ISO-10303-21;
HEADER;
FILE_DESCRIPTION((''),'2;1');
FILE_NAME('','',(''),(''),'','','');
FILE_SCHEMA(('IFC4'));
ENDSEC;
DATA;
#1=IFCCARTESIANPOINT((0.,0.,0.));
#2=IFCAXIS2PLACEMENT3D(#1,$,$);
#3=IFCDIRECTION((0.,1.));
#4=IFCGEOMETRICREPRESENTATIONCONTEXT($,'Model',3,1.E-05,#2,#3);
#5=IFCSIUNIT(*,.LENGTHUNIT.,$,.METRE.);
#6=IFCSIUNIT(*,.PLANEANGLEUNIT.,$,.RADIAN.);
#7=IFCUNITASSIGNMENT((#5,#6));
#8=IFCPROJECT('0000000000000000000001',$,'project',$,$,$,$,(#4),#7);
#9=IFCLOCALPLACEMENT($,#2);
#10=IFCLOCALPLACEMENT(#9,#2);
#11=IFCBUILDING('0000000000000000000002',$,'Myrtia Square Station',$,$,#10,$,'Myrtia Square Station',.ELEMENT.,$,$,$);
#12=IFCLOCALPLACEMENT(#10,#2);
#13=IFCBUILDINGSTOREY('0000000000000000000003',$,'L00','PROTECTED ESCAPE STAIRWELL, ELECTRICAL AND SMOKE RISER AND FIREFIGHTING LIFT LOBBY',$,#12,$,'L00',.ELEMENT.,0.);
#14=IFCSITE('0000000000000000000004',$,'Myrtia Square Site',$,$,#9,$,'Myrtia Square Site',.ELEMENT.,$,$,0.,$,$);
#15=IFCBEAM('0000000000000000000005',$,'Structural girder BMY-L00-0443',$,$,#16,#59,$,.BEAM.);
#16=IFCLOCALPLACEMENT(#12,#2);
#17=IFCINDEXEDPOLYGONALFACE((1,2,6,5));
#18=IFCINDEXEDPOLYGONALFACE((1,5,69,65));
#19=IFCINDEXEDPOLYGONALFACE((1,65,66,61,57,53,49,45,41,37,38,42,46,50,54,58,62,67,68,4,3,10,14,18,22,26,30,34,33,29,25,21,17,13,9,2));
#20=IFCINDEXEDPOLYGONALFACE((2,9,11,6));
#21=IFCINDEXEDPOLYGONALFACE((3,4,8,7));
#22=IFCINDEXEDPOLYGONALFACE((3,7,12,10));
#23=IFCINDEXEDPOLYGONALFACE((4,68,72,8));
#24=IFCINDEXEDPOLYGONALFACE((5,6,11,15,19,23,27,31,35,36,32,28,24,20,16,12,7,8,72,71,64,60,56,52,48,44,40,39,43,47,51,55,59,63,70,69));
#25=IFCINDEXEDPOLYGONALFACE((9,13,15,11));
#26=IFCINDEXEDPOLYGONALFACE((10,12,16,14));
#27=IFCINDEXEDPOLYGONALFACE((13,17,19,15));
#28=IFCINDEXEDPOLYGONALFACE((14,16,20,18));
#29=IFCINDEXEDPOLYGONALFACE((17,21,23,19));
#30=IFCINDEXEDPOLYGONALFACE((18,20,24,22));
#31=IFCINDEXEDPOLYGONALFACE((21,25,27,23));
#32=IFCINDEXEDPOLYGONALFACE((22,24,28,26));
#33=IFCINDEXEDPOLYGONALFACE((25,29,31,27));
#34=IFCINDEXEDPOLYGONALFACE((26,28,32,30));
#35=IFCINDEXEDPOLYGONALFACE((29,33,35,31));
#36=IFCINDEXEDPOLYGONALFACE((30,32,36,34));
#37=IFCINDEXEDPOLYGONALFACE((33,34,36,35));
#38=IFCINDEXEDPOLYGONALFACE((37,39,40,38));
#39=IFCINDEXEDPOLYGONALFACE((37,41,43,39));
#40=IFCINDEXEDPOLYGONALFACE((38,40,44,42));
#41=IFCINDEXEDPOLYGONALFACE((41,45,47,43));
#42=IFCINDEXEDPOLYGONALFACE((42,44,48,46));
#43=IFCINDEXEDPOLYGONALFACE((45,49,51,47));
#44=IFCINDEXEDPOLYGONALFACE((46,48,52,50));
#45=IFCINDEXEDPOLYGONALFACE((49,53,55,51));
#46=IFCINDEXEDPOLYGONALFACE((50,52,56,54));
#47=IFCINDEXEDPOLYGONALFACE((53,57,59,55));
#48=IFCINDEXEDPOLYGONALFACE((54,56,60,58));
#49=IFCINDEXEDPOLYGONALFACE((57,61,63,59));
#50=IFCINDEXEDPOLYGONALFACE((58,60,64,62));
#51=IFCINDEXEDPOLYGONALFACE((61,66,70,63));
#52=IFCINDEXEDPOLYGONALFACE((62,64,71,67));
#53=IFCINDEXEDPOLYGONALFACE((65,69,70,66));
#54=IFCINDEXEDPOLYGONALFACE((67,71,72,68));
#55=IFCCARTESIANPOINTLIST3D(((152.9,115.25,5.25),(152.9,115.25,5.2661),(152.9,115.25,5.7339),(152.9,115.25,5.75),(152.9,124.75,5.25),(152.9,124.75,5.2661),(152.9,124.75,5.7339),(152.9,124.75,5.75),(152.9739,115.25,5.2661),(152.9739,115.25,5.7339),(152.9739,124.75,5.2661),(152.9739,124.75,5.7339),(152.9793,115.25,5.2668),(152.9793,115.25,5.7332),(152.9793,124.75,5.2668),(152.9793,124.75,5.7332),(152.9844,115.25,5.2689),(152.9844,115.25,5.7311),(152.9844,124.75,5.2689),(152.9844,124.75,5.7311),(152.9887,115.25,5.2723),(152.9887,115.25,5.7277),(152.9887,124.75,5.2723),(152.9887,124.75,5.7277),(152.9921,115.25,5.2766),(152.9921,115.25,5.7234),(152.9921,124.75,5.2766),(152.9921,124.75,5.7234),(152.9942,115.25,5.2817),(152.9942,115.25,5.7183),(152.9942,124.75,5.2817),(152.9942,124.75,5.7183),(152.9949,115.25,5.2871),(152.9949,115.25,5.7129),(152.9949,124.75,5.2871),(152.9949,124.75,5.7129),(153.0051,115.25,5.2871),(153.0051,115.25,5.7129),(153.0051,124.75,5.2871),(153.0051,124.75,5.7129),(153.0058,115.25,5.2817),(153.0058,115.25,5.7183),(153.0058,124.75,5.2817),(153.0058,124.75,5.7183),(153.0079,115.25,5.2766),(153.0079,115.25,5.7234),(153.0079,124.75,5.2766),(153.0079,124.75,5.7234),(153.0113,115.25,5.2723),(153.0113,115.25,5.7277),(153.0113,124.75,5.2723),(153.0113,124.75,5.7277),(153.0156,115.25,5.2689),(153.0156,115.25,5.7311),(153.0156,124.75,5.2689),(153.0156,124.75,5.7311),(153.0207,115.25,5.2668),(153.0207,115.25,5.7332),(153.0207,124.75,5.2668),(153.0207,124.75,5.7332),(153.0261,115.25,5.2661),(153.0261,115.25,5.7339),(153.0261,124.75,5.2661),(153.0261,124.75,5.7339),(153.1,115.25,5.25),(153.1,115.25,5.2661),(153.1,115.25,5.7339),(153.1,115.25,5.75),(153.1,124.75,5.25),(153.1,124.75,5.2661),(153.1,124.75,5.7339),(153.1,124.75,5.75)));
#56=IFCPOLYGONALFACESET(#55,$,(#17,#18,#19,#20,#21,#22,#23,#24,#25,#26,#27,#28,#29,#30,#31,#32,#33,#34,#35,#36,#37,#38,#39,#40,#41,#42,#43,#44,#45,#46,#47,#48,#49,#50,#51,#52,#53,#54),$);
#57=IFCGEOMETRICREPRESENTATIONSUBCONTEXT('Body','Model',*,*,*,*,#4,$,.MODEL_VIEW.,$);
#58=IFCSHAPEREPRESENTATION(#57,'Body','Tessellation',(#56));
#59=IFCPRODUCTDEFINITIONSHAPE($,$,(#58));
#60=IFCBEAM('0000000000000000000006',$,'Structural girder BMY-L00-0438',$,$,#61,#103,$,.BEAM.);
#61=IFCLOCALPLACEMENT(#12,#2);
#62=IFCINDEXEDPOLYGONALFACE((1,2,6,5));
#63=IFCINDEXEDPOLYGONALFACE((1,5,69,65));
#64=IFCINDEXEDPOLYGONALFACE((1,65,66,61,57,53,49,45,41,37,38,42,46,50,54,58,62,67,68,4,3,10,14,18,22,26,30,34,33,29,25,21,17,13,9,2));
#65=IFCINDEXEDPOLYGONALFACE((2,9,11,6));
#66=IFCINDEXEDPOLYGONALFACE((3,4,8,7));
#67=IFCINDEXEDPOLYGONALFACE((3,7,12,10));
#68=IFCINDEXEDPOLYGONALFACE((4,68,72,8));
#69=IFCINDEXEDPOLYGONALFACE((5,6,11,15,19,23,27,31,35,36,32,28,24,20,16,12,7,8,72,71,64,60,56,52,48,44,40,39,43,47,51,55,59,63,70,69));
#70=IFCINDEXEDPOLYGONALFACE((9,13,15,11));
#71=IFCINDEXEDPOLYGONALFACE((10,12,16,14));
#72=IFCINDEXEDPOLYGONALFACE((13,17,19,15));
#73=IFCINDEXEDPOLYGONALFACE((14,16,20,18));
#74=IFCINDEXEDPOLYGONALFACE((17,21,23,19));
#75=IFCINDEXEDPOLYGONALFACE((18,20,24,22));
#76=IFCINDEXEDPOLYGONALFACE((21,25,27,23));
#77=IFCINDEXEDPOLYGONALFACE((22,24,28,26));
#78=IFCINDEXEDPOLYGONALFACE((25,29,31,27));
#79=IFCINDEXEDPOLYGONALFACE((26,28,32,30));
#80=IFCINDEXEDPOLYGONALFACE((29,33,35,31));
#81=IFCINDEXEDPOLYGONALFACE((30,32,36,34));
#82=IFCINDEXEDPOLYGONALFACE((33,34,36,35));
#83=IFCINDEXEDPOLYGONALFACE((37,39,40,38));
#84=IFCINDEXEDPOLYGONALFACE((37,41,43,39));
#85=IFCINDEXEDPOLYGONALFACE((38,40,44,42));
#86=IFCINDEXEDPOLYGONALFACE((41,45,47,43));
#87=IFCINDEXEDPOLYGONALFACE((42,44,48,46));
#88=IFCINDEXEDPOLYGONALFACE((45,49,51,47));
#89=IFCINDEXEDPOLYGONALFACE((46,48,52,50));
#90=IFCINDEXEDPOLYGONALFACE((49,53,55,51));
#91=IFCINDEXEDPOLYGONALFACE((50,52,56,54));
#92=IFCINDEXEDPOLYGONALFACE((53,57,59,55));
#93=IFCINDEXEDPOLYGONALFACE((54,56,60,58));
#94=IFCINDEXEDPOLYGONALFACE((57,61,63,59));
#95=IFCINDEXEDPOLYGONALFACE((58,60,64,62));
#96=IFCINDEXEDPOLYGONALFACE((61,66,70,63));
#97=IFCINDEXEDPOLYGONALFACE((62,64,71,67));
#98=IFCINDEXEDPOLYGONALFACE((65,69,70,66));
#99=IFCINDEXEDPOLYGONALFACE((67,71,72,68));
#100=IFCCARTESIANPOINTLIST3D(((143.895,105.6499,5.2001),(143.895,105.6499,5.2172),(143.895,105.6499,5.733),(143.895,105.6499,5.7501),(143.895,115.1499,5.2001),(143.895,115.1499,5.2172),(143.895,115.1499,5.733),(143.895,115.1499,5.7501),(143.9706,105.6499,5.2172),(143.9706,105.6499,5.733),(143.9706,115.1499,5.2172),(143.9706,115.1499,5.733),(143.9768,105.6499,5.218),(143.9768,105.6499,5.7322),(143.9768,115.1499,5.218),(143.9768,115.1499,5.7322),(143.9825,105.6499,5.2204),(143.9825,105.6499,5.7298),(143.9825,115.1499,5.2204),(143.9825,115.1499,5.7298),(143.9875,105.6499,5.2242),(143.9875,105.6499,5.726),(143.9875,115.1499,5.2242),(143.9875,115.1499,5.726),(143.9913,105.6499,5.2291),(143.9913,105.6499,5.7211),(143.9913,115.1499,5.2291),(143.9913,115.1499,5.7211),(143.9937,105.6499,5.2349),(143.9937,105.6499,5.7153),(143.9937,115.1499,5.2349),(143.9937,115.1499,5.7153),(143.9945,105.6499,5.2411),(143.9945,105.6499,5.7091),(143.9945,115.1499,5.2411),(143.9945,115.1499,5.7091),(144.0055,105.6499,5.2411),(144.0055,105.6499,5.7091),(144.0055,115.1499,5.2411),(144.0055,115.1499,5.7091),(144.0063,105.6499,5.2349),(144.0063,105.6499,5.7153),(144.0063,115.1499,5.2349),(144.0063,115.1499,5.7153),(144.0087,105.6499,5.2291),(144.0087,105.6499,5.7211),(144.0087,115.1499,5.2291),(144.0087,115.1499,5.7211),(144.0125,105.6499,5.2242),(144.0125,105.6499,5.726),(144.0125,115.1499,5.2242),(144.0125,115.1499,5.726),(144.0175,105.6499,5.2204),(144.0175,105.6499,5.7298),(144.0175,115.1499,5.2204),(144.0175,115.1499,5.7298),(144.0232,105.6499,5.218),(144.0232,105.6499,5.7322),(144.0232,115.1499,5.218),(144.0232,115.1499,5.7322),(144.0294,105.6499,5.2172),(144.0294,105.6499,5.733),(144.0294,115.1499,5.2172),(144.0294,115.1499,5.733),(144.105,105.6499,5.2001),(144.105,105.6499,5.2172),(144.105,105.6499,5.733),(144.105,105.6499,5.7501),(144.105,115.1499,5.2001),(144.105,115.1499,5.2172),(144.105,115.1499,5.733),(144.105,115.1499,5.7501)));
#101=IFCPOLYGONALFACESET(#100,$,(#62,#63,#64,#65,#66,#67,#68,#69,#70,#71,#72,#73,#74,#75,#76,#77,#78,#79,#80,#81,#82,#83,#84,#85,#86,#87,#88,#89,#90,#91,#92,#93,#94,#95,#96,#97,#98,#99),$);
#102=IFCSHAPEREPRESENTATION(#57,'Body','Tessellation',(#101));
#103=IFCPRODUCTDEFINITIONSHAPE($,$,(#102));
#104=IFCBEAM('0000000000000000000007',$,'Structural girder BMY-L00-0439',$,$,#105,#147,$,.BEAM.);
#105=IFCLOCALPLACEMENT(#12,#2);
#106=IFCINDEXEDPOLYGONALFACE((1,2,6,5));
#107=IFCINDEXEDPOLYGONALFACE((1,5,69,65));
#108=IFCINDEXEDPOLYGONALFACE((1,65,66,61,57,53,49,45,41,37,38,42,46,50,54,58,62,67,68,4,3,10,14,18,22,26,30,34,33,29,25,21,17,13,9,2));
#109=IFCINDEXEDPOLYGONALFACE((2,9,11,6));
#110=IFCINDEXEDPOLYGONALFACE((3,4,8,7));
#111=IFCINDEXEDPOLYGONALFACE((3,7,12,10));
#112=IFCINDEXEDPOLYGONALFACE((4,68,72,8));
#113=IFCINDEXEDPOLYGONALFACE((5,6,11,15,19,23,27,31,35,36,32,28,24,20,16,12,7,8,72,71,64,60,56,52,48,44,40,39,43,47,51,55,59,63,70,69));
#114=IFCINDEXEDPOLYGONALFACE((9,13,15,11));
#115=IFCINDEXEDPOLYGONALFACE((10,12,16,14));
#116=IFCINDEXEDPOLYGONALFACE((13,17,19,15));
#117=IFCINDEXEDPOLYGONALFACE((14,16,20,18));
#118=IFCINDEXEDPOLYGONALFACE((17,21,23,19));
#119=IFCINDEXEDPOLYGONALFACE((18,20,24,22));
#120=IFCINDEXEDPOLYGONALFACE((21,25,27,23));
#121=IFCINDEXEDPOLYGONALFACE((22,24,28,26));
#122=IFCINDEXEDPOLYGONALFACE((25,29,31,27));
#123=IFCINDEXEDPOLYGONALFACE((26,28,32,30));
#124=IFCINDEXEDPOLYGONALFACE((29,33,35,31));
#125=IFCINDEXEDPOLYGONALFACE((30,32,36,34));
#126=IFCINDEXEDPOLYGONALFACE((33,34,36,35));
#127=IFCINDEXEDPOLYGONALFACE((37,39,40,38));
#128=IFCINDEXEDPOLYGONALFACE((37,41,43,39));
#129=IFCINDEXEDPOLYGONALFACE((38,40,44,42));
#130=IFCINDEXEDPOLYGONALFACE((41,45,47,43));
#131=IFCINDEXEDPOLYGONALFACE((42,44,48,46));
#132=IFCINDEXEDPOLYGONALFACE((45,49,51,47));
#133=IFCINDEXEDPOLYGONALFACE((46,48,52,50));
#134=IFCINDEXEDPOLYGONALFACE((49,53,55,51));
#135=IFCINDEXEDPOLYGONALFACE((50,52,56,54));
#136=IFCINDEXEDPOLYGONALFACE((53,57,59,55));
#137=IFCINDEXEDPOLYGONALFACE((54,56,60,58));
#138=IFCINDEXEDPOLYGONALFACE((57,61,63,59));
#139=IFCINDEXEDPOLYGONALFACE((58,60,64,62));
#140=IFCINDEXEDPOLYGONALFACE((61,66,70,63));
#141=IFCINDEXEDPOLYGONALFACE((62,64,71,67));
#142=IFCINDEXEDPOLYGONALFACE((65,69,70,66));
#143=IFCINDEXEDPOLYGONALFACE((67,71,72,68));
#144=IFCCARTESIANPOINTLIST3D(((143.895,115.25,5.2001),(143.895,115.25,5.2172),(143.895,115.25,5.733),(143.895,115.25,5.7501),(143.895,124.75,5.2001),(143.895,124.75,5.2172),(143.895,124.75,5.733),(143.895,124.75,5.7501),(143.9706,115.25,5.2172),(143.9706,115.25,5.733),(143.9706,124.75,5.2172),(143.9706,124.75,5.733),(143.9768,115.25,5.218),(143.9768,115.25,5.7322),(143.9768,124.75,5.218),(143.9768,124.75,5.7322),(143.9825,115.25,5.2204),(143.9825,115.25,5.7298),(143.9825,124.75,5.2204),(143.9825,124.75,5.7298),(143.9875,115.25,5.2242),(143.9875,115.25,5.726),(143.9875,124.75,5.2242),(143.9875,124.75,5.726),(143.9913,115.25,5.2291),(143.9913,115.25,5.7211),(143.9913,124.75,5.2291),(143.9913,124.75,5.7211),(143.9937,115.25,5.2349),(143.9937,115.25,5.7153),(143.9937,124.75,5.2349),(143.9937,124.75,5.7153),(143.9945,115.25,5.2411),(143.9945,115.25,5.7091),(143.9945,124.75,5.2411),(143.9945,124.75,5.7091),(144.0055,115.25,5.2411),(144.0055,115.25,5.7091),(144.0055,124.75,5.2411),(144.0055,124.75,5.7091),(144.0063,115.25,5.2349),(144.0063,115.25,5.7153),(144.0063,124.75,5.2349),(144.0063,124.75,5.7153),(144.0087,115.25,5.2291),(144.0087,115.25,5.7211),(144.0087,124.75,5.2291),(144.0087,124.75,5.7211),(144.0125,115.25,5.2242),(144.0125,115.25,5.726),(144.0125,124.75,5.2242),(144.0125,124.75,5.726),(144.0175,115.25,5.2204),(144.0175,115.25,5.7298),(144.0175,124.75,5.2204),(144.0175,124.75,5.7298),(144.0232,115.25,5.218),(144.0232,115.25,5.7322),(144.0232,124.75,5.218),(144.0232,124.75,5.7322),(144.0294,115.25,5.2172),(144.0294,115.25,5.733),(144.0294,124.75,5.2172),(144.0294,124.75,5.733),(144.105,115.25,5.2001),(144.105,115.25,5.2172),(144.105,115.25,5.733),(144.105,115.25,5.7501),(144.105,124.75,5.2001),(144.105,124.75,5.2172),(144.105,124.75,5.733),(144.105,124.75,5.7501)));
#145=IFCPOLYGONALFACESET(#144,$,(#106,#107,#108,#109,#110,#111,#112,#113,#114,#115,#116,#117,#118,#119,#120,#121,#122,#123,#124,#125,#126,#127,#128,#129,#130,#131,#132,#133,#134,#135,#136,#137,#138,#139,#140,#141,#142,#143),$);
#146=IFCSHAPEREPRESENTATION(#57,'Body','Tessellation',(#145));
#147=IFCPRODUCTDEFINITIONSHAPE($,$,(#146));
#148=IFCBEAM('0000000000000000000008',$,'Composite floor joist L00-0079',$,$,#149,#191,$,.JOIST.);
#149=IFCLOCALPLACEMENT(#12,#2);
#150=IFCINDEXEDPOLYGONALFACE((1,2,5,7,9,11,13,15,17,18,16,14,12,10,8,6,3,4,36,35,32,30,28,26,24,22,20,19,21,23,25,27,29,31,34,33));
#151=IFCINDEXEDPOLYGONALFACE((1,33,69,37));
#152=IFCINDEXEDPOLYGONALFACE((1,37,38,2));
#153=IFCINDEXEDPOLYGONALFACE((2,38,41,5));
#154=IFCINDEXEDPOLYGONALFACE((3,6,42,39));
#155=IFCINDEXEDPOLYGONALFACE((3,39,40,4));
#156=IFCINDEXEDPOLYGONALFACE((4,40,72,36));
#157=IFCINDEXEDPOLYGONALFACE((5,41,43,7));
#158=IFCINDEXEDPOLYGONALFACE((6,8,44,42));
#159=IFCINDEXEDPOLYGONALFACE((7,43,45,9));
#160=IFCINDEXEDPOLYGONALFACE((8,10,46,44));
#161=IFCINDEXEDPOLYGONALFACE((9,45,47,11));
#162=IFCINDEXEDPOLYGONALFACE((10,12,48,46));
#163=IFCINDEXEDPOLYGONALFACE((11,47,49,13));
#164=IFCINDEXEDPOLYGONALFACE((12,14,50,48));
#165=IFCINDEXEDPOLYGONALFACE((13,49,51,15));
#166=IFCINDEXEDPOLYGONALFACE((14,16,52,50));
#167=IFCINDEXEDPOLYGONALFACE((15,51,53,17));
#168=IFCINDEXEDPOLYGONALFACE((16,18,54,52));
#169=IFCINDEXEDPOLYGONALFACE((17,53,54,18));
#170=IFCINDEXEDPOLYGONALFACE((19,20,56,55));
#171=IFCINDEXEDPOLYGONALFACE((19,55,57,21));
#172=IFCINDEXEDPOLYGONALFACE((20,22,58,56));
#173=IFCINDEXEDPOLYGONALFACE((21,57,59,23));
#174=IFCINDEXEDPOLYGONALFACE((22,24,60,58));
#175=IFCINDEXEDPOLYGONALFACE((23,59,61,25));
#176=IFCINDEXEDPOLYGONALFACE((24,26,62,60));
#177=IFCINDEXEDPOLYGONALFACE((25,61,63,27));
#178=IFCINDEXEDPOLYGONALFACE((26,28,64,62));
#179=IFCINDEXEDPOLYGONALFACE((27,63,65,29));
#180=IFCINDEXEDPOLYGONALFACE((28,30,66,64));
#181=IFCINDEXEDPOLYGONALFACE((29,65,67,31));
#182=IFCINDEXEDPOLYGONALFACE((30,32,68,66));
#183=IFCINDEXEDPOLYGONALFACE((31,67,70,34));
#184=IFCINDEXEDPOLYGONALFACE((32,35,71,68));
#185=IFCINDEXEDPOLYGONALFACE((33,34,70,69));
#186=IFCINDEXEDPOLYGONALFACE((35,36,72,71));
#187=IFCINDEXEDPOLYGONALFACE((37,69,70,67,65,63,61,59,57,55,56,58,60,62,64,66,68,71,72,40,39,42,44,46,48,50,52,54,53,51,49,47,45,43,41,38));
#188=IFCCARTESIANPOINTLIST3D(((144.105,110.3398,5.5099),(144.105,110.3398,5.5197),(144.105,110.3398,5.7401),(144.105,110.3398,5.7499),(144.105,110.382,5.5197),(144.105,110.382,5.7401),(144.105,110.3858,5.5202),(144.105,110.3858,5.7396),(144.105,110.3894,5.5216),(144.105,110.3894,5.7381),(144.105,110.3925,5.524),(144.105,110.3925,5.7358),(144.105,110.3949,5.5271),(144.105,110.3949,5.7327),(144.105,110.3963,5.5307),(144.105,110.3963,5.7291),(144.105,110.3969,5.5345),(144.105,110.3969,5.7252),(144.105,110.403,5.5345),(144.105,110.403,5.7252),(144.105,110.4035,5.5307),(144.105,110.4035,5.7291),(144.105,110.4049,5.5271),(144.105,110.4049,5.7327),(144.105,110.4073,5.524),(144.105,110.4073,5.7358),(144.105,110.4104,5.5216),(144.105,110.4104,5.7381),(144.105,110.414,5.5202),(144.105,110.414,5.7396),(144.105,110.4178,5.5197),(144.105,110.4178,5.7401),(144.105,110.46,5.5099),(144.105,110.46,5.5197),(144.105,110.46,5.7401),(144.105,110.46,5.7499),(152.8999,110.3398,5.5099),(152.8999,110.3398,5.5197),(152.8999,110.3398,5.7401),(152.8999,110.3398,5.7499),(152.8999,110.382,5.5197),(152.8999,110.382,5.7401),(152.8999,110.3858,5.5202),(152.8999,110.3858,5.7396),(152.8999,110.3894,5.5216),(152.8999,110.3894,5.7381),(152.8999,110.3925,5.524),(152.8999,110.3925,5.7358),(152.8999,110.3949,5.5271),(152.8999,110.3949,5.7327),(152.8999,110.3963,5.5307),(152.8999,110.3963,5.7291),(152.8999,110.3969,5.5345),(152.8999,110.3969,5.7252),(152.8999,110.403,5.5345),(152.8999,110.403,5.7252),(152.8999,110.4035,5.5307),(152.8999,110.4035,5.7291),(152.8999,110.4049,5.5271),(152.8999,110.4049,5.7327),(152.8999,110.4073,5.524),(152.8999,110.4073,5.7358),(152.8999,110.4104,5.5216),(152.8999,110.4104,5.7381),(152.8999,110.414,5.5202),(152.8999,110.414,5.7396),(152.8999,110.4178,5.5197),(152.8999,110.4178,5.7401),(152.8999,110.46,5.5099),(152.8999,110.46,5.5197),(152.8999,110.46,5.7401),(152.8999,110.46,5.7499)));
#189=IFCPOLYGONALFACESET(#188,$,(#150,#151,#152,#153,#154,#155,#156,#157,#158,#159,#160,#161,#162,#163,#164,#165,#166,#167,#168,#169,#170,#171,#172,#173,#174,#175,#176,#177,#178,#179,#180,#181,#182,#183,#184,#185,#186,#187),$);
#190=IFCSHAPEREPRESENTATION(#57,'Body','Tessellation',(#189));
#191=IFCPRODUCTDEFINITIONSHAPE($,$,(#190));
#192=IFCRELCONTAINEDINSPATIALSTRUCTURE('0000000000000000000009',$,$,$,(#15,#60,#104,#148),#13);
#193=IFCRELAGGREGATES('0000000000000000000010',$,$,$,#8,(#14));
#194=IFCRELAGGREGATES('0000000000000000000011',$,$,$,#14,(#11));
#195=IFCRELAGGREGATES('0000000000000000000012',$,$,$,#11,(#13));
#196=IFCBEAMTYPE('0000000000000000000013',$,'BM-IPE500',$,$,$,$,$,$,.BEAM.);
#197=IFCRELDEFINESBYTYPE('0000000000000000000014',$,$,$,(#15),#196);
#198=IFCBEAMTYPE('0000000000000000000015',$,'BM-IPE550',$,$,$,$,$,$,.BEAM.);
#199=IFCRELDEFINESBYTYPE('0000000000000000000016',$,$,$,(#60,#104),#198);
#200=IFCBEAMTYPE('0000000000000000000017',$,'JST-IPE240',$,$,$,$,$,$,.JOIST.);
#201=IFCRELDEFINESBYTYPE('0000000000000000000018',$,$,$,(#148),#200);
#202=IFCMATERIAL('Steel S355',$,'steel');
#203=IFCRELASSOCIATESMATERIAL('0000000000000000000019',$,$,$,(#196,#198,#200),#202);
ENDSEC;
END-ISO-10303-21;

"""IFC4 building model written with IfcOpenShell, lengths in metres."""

from ifc_helpers import new_model, si_unit, direction, frame, origin, origin_2d, place, context, subcontext, project, spatial, i_section, extrude, material, material_profile, profile_set, type_object, element, save


model = new_model("IFC4")

# Units and contexts
model_context = context("Model", 3, precision=1e-05, world=origin(), true_north=direction((0.0, 1.0)))
body_context = subcontext(model_context, "Body", "Model", "MODEL_VIEW")
ifc_project = project(units=[si_unit("LENGTHUNIT", "METRE"), si_unit("PLANEANGLEUNIT", "RADIAN")], contexts=[model_context])

# Site, building, storey
site_placement = place(None, origin())
site = spatial("IfcSite", under=ifc_project, at=site_placement, Name="Myrtia Square Site", LongName="Myrtia Square Site", CompositionType="ELEMENT", RefElevation=0.0)
building_placement = place(site_placement, origin())
building = spatial("IfcBuilding", under=site, at=building_placement, Name="Myrtia Square Station", LongName="Myrtia Square Station", CompositionType="ELEMENT")
storey_placement = place(building_placement, origin())
storey = spatial("IfcBuildingStorey", under=building, at=storey_placement, Name="L00", Description="PROTECTED ESCAPE STAIRWELL, ELECTRICAL AND SMOKE RISER AND FIREFIGHTING LIFT LOBBY", LongName="L00", CompositionType="ELEMENT", Elevation=0.0)

# Shared definitions
ifc_material_1 = material(Name="Steel S355", Category="steel")

# Beams
ifc_material_profile_1 = material_profile(ifc_material_1, i_section(OverallWidth=0.2, OverallDepth=0.5, WebThickness=0.0103, FlangeThickness=0.0161, FilletRadius=0.021, at=origin_2d()), Name="IPE 500")
ifc_profile_set_1 = profile_set([ifc_material_profile_1], Name="Steel S355")
beam_type_1 = type_object("IfcBeamType", Name="BM-IPE500", PredefinedType="BEAM", material=ifc_profile_set_1)
for number, where, z_axis, x_axis, name in (
    (1, (153.0, 115.25, 5.5), (0.0, 1.0, 0.0), (-1.0, 0.0, 0.0), "Structural girder BMY-L00-0443"),
):
    element("IfcBeam", number, at=place(storey_placement, frame(where, z_axis=z_axis, x_axis=x_axis)), inside=storey, type_object=beam_type_1, Name=name, PredefinedType="BEAM", context=body_context, shape_type="SweptSolid", body=[
        extrude(i_section(OverallWidth=0.2, OverallDepth=0.5, WebThickness=0.0103, FlangeThickness=0.0161, FilletRadius=0.021, at=origin_2d()), origin(), (0.0, 0.0, 1.0), 9.5),
    ])
ifc_material_profile_2 = material_profile(ifc_material_1, i_section(OverallWidth=0.21, OverallDepth=0.55, WebThickness=0.011, FlangeThickness=0.0171, FilletRadius=0.0239, at=origin_2d()), Name="IPE 550")
ifc_profile_set_2 = profile_set([ifc_material_profile_2], Name="Steel S355")
beam_type_2 = type_object("IfcBeamType", Name="BM-IPE550", PredefinedType="BEAM", material=ifc_profile_set_2)
for number, where, z_axis, x_axis, name in (
    (2, (144.0, 105.6499, 5.4751), (0.0, 1.0, 0.0), (-1.0, 0.0, 0.0), "Structural girder BMY-L00-0438"),
    (3, (144.0, 115.25, 5.4751), (0.0, 1.0, 0.0), (-1.0, 0.0, 0.0), "Structural girder BMY-L00-0439"),
):
    element("IfcBeam", number, at=place(storey_placement, frame(where, z_axis=z_axis, x_axis=x_axis)), inside=storey, type_object=beam_type_2, Name=name, PredefinedType="BEAM", context=body_context, shape_type="SweptSolid", body=[
        extrude(i_section(OverallWidth=0.21, OverallDepth=0.55, WebThickness=0.011, FlangeThickness=0.0171, FilletRadius=0.0239, at=origin_2d()), origin(), (0.0, 0.0, 1.0), 9.5),
    ])
ifc_material_profile_3 = material_profile(ifc_material_1, i_section(OverallWidth=0.1201, OverallDepth=0.24, WebThickness=0.0061, FlangeThickness=0.0098, FilletRadius=0.0149, at=origin_2d()), Name="IPE 240")
ifc_profile_set_3 = profile_set([ifc_material_profile_3], Name="Steel S355")
beam_type_3 = type_object("IfcBeamType", Name="JST-IPE240", PredefinedType="JOIST", material=ifc_profile_set_3)
beam_placement = place(storey_placement, frame((144.105, 110.3999, 5.6299), z_axis=(1.0, 0.0, 0.0), x_axis=(0.0, 1.0, 0.0)))
element("IfcBeam", 4, at=beam_placement, inside=storey, type_object=beam_type_3, Name="Composite floor joist L00-0079", PredefinedType="JOIST", context=body_context, shape_type="SweptSolid", body=[
    extrude(i_section(OverallWidth=0.1201, OverallDepth=0.24, WebThickness=0.0061, FlangeThickness=0.0098, FilletRadius=0.0149, at=origin_2d()), origin(), (0.0, 0.0, 1.0), 8.7949),
])

save(model, "model.ifc")
